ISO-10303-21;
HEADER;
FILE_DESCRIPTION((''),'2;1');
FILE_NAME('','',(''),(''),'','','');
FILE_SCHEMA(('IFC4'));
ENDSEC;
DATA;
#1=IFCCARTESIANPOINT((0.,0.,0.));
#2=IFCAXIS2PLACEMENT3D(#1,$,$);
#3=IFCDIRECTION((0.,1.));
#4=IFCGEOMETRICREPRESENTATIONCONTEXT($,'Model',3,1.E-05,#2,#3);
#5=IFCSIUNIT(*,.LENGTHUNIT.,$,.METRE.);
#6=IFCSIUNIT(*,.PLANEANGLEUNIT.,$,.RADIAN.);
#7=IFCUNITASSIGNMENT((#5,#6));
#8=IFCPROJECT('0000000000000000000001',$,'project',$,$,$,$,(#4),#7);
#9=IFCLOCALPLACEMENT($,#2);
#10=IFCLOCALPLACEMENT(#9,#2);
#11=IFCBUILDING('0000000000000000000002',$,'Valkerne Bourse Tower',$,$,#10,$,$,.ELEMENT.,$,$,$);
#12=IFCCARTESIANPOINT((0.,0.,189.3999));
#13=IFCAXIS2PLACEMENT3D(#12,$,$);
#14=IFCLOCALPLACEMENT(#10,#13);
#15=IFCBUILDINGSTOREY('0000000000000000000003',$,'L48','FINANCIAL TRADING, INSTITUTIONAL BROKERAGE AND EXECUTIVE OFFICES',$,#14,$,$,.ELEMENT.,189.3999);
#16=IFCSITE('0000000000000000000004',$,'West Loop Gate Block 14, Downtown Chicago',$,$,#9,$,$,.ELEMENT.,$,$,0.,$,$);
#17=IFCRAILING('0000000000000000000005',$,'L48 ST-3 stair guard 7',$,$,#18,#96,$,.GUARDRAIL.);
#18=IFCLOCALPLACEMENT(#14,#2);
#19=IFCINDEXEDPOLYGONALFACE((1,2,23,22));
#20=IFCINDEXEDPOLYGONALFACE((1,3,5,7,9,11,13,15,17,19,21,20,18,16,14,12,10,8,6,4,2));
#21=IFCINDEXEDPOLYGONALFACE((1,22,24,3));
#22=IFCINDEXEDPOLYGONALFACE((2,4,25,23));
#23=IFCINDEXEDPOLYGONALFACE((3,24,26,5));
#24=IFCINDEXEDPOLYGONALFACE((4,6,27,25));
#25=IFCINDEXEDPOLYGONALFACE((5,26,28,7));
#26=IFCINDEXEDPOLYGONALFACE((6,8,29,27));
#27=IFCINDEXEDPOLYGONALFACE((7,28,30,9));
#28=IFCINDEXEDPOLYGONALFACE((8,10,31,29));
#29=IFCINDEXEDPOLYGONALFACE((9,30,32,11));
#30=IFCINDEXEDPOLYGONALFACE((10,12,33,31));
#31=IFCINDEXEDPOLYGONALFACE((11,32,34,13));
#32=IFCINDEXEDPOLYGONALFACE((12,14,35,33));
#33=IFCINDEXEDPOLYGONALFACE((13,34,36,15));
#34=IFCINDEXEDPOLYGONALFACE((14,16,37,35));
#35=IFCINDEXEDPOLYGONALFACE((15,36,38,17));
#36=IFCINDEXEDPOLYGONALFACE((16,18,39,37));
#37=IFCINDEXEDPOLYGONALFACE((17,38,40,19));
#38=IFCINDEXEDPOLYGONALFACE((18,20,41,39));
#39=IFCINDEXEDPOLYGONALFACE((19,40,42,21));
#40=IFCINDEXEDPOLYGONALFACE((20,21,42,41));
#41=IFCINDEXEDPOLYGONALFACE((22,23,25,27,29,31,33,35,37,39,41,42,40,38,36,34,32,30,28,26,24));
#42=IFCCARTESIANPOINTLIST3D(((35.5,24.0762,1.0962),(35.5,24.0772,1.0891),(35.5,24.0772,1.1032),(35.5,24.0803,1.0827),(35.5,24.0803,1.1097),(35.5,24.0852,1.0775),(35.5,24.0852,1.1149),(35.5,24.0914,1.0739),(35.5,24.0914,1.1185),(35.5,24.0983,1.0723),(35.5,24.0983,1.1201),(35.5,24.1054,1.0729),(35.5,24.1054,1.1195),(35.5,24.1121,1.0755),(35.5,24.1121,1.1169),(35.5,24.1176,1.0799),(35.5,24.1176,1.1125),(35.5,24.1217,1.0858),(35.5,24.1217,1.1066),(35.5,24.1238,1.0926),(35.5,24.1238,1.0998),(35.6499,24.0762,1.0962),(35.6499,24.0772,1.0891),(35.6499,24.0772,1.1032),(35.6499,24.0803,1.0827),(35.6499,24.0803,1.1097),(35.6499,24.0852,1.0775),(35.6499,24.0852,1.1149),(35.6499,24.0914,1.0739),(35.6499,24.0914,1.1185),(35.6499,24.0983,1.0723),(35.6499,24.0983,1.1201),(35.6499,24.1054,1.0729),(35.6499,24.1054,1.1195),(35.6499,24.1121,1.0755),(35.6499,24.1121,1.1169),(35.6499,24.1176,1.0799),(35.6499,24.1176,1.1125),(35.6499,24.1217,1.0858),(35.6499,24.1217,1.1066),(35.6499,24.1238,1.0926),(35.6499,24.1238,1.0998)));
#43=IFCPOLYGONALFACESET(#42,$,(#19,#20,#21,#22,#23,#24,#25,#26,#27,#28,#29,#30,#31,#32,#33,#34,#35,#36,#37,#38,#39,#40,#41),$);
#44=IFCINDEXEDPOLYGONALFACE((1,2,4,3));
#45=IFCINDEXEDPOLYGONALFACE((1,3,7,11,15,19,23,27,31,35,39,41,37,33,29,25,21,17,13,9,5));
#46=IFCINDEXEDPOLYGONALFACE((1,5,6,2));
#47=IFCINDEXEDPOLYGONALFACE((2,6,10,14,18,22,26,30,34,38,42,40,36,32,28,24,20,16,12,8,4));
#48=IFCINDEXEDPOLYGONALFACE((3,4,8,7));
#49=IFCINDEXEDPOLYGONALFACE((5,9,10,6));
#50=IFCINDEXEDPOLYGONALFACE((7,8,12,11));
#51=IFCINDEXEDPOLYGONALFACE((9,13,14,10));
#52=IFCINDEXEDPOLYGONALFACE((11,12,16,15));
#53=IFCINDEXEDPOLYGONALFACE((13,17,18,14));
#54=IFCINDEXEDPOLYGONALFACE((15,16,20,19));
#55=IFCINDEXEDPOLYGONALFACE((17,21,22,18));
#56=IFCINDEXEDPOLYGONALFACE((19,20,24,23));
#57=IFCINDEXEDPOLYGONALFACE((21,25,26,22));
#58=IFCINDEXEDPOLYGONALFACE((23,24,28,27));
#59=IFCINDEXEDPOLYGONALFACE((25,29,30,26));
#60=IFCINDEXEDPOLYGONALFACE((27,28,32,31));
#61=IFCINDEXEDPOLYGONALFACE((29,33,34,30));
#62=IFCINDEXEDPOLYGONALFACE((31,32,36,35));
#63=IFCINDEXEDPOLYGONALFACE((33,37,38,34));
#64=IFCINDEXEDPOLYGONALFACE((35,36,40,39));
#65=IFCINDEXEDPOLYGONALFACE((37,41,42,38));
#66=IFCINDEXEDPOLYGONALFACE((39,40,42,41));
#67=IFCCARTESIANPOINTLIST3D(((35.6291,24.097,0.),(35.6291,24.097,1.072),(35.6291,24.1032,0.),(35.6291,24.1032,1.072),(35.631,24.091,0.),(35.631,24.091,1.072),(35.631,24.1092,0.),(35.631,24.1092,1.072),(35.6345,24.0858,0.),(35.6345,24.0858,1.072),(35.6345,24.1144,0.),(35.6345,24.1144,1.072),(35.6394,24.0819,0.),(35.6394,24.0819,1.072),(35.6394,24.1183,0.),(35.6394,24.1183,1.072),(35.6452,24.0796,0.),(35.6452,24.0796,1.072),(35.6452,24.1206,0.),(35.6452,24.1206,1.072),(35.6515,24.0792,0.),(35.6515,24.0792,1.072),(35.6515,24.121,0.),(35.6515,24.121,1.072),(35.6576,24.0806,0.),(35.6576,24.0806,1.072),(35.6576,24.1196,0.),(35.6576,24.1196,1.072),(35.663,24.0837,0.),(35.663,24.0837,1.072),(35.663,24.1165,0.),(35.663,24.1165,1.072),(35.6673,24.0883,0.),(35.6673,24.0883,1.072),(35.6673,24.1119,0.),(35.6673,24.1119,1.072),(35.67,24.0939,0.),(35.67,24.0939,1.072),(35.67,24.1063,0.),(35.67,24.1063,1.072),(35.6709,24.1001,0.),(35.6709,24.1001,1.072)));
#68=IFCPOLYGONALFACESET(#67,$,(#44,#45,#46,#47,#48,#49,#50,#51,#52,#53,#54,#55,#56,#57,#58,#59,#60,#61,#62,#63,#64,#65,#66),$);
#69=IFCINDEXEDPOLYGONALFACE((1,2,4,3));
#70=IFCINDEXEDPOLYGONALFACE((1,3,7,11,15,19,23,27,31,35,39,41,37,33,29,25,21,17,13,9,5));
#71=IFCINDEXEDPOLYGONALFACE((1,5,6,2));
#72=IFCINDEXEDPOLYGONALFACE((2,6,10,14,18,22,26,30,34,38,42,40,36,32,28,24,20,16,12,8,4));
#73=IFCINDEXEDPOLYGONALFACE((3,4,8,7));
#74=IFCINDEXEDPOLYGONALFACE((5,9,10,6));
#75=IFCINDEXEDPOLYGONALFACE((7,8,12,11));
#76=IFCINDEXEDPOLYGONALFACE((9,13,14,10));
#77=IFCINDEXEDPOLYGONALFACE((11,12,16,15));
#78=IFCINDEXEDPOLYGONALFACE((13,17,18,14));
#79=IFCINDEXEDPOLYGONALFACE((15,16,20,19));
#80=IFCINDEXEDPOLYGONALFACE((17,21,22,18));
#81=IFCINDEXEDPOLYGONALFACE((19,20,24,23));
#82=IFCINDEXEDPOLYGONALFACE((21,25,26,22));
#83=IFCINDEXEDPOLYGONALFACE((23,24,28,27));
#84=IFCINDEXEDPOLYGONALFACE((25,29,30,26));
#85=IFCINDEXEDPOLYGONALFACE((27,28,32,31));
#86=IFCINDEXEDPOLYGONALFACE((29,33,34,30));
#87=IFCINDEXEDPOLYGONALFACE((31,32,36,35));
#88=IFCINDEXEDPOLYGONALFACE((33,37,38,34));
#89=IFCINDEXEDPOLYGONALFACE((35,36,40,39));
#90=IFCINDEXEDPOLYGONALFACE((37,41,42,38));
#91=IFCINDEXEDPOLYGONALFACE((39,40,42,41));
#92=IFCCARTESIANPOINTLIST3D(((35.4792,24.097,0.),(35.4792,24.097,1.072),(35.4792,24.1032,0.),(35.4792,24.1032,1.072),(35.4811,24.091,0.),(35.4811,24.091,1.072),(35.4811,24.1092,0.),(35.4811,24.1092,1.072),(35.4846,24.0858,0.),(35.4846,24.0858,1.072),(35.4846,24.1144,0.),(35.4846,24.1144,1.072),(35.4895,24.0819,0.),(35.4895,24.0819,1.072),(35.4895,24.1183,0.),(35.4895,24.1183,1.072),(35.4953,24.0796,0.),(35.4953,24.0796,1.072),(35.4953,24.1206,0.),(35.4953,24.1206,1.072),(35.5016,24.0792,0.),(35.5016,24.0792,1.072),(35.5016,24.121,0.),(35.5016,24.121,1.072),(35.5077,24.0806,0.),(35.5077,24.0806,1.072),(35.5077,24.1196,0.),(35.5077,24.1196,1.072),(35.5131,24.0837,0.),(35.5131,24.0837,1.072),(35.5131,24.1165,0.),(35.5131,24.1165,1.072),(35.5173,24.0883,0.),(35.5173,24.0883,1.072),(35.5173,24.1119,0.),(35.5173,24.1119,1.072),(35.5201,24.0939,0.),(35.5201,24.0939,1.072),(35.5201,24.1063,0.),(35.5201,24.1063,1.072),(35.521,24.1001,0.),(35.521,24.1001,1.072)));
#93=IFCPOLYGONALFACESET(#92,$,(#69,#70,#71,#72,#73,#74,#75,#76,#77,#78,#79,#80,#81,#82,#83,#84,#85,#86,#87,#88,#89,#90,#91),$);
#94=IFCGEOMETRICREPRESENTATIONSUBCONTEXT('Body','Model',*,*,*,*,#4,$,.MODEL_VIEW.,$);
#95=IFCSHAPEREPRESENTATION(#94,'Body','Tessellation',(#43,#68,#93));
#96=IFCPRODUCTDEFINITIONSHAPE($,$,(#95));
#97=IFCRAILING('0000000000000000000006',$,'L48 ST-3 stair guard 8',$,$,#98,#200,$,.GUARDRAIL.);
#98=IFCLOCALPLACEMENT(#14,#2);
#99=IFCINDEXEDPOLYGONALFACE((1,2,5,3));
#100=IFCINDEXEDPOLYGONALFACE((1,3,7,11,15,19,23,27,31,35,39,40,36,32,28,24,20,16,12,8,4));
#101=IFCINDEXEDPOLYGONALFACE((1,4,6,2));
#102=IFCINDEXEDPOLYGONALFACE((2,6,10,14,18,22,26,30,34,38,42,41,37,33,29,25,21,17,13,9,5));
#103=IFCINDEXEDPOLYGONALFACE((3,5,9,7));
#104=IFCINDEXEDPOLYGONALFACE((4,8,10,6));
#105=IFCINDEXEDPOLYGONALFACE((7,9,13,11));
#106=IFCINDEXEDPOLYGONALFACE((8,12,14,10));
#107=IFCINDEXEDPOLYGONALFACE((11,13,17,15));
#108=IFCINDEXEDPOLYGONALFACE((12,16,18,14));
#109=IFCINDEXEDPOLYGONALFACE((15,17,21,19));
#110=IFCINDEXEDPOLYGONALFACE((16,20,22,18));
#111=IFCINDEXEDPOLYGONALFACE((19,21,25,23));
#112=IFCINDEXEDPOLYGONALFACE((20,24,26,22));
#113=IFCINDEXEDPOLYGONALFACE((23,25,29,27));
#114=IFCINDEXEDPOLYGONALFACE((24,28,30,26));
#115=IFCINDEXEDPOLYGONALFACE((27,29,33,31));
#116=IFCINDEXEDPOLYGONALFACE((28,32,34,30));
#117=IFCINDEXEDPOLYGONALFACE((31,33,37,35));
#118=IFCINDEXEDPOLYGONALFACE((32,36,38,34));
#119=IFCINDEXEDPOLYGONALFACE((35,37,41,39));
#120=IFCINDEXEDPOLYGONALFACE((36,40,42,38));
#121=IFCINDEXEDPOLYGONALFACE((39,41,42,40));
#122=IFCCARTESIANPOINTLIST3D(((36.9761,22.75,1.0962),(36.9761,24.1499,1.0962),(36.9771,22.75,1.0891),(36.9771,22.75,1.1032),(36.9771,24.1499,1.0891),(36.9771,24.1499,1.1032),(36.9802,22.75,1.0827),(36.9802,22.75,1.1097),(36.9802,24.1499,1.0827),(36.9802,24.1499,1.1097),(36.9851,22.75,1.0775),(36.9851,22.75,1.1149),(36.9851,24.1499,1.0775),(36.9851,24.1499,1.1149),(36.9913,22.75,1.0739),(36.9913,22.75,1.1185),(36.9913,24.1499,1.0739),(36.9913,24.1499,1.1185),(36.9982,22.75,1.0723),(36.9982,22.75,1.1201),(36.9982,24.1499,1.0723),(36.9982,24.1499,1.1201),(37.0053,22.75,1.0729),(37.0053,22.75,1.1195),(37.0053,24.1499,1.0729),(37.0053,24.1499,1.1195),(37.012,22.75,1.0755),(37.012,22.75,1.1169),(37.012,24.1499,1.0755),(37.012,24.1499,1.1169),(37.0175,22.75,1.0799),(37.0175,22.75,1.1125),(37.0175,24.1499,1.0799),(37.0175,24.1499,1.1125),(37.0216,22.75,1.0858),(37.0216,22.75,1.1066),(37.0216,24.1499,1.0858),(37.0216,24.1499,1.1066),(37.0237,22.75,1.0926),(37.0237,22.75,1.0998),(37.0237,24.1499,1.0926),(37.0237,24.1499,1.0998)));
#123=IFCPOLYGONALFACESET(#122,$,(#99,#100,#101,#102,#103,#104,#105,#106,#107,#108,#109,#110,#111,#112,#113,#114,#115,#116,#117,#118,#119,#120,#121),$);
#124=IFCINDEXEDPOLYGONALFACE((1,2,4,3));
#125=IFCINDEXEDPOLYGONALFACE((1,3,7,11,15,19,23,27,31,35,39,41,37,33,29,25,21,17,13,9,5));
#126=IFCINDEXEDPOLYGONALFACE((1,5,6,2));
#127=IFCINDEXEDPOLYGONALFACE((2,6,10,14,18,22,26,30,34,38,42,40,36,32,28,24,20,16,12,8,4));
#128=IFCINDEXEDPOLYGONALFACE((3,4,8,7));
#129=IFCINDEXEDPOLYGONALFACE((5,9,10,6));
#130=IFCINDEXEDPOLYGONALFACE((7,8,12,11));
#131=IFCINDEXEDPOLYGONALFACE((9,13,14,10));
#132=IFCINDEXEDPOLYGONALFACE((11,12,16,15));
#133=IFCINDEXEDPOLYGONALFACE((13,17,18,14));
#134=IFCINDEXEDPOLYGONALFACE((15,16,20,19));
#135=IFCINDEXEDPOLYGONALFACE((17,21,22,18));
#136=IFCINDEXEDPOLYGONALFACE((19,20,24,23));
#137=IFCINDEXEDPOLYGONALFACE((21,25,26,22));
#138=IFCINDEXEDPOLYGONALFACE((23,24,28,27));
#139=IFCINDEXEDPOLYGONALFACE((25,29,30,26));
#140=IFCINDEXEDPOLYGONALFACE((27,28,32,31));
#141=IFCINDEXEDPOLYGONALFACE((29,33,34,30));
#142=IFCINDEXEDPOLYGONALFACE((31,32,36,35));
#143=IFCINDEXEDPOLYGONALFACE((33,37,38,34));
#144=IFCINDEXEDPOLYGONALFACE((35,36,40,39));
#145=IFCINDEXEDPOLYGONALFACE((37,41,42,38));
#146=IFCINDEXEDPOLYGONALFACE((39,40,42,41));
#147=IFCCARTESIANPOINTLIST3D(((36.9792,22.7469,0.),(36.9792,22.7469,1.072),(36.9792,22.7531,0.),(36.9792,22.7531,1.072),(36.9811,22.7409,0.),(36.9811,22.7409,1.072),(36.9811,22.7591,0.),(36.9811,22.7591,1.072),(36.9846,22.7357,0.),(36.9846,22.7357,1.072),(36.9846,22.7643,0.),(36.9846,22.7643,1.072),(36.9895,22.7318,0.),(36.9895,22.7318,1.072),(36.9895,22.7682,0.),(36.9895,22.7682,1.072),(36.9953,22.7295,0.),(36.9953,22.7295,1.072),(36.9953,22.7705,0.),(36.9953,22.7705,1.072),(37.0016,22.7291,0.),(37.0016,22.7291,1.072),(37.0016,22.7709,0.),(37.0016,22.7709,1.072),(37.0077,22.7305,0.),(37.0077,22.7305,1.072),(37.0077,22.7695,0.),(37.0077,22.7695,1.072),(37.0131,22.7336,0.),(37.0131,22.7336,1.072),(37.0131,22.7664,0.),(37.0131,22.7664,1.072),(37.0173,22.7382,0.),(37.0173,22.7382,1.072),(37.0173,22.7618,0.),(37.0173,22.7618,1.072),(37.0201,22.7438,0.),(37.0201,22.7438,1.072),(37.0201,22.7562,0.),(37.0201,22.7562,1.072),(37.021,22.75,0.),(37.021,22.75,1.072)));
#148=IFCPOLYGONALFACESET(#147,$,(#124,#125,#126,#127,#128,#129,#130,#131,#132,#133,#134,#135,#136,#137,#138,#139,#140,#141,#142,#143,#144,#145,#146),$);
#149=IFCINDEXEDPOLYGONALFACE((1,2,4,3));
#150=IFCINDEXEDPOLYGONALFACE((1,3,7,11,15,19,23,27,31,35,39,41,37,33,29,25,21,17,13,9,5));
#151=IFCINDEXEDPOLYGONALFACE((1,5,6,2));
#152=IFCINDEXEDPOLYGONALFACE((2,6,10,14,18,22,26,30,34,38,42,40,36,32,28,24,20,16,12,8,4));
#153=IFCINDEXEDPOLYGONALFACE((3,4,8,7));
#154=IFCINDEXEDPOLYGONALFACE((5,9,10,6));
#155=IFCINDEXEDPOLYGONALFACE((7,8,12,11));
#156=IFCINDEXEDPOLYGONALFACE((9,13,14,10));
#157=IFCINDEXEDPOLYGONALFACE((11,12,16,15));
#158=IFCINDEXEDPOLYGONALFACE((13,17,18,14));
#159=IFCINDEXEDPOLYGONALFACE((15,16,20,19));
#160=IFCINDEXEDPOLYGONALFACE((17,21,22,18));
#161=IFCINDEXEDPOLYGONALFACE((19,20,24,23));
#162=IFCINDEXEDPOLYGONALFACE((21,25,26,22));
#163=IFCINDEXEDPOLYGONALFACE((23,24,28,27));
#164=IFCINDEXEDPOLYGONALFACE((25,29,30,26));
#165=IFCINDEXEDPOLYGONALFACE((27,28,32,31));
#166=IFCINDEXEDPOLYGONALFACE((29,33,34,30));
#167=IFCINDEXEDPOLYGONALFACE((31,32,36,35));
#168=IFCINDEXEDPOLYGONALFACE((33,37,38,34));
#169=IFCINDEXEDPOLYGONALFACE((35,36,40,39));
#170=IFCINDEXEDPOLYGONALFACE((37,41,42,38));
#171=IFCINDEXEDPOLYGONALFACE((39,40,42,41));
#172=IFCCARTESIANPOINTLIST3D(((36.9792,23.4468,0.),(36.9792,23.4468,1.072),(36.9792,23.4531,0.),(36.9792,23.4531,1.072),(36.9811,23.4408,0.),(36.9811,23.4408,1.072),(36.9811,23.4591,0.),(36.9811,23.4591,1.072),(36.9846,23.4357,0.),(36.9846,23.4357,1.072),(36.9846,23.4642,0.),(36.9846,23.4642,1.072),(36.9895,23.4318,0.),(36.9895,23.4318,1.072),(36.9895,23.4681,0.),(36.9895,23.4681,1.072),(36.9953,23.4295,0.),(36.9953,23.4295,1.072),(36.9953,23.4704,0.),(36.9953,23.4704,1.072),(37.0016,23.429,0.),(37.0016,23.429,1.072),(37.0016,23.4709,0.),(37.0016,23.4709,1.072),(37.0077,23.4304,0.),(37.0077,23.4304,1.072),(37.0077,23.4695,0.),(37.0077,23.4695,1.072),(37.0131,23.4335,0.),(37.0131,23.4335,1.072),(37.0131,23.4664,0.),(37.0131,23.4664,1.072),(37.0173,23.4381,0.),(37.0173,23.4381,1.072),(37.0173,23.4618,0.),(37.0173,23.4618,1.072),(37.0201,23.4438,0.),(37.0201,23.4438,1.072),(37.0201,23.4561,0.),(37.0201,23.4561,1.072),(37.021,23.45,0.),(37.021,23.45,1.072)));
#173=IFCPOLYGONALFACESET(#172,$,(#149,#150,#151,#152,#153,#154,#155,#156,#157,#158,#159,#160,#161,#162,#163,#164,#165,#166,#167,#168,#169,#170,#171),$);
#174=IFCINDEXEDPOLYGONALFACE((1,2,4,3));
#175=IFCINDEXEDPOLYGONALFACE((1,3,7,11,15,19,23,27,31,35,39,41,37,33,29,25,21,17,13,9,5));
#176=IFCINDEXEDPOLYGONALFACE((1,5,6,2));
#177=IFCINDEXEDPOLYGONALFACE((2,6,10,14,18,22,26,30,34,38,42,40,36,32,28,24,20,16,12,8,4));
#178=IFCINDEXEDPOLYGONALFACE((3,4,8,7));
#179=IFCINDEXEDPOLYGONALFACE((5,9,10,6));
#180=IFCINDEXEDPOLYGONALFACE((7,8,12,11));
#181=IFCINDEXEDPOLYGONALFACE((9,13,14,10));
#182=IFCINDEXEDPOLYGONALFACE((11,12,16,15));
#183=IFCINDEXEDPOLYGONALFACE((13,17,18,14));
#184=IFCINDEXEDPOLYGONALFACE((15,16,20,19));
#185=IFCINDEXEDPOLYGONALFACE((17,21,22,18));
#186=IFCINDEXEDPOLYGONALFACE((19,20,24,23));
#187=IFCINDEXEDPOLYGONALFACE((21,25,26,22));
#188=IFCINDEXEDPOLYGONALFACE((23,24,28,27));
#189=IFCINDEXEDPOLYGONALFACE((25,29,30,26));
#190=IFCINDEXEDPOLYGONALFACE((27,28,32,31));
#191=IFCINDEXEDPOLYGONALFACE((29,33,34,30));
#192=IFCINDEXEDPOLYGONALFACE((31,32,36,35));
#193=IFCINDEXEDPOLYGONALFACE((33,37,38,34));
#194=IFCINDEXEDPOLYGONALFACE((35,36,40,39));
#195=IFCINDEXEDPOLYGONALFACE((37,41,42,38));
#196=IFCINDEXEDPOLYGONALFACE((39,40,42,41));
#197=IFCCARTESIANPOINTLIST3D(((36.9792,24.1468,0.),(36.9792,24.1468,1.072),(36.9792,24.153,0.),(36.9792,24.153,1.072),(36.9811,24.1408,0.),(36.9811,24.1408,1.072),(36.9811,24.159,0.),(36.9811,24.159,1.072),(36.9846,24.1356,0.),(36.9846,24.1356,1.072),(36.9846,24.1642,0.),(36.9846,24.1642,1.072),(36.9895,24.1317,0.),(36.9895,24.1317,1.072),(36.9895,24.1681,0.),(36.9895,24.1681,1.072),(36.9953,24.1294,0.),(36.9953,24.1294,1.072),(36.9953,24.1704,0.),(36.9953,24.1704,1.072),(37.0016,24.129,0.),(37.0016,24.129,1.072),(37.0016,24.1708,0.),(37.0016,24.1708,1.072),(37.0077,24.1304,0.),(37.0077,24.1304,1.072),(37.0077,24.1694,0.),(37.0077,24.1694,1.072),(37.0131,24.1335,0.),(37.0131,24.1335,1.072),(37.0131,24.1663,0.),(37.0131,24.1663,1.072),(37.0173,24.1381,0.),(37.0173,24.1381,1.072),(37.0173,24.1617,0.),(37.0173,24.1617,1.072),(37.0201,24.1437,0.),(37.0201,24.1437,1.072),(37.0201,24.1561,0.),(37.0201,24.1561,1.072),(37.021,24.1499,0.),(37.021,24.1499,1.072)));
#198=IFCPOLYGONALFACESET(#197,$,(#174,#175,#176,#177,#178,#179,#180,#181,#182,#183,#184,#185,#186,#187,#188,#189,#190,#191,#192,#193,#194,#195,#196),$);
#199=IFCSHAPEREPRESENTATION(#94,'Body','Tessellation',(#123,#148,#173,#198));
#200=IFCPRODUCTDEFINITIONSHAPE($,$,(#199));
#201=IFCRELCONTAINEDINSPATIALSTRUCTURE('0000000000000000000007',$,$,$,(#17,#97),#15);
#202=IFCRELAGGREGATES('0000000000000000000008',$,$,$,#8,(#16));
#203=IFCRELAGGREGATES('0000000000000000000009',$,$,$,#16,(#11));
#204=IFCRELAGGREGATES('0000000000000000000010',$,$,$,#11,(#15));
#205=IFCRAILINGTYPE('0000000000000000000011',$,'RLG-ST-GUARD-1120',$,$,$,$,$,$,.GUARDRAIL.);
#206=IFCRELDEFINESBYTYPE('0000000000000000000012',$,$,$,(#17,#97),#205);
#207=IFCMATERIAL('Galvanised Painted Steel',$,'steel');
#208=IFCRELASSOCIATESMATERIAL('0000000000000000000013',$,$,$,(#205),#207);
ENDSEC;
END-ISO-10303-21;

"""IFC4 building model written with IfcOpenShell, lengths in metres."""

from ifc_helpers import new_model, si_unit, direction, frame, origin, origin_2d, place, context, subcontext, project, spatial, circle, extrude, material, type_object, element, save


model = new_model("IFC4")

# Units and contexts
model_context = context("Model", 3, precision=1e-05, world=origin(), true_north=direction((0.0, 1.0)))
body_context = subcontext(model_context, "Body", "Model", "MODEL_VIEW")
ifc_project = project(units=[si_unit("LENGTHUNIT", "METRE"), si_unit("PLANEANGLEUNIT", "RADIAN")], contexts=[model_context])

# Site, building, storey
site_placement = place(None, origin())
site = spatial("IfcSite", under=ifc_project, at=site_placement, Name="West Loop Gate Block 14, Downtown Chicago", CompositionType="ELEMENT", RefElevation=0.0)
building_placement = place(site_placement, origin())
building = spatial("IfcBuilding", under=site, at=building_placement, Name="Valkerne Bourse Tower", CompositionType="ELEMENT")
storey_placement = place(building_placement, frame((0.0, 0.0, 189.3999)))
storey = spatial("IfcBuildingStorey", under=building, at=storey_placement, Name="L48", Description="FINANCIAL TRADING, INSTITUTIONAL BROKERAGE AND EXECUTIVE OFFICES", CompositionType="ELEMENT", Elevation=189.3999)

# Railings
ifc_material_1 = material(Name="Galvanised Painted Steel", Category="steel")
railing_type_1 = type_object("IfcRailingType", Name="RLG-ST-GUARD-1120", PredefinedType="GUARDRAIL", material=ifc_material_1)
railing_1_placement = place(storey_placement, frame((35.6499, 24.1001, 0.0)))
element("IfcRailing", 1, at=railing_1_placement, inside=storey, type_object=railing_type_1, Name="L48 ST-3 stair guard 7", PredefinedType="GUARDRAIL", context=body_context, shape_type="SweptSolid", body=[
    extrude(circle(Radius=0.0239, at=origin_2d()), frame((0.0, 0.0, 1.0962), z_axis=(-1.0, 0.0, 0.0), x_axis=(0.0, -1.0, 0.0)), (0.0, 0.0, 1.0), 0.1499),
    extrude(circle(Radius=0.021, at=origin_2d()), origin(), (0.0, 0.0, 1.0), 1.072),
    extrude(circle(Radius=0.021, at=origin_2d()), frame((-0.1499, 0.0, 0.0)), (0.0, 0.0, 1.0), 1.072),
])
railing_2_placement = place(storey_placement, frame((37.0, 22.75, 0.0)))
element("IfcRailing", 2, at=railing_2_placement, inside=storey, type_object=railing_type_1, Name="L48 ST-3 stair guard 8", PredefinedType="GUARDRAIL", context=body_context, shape_type="SweptSolid", body=[
    extrude(circle(Radius=0.0239, at=origin_2d()), frame((0.0, 0.0, 1.0962), z_axis=(0.0, 1.0, 0.0), x_axis=(-1.0, 0.0, 0.0)), (0.0, 0.0, 1.0), 1.3999),
    extrude(circle(Radius=0.021, at=origin_2d()), origin(), (0.0, 0.0, 1.0), 1.072),
    extrude(circle(Radius=0.021, at=origin_2d()), frame((0.0, 0.7, 0.0)), (0.0, 0.0, 1.0), 1.072),
    extrude(circle(Radius=0.021, at=origin_2d()), frame((0.0, 1.3999, 0.0)), (0.0, 0.0, 1.0), 1.072),
])

save(model, "model.ifc")
